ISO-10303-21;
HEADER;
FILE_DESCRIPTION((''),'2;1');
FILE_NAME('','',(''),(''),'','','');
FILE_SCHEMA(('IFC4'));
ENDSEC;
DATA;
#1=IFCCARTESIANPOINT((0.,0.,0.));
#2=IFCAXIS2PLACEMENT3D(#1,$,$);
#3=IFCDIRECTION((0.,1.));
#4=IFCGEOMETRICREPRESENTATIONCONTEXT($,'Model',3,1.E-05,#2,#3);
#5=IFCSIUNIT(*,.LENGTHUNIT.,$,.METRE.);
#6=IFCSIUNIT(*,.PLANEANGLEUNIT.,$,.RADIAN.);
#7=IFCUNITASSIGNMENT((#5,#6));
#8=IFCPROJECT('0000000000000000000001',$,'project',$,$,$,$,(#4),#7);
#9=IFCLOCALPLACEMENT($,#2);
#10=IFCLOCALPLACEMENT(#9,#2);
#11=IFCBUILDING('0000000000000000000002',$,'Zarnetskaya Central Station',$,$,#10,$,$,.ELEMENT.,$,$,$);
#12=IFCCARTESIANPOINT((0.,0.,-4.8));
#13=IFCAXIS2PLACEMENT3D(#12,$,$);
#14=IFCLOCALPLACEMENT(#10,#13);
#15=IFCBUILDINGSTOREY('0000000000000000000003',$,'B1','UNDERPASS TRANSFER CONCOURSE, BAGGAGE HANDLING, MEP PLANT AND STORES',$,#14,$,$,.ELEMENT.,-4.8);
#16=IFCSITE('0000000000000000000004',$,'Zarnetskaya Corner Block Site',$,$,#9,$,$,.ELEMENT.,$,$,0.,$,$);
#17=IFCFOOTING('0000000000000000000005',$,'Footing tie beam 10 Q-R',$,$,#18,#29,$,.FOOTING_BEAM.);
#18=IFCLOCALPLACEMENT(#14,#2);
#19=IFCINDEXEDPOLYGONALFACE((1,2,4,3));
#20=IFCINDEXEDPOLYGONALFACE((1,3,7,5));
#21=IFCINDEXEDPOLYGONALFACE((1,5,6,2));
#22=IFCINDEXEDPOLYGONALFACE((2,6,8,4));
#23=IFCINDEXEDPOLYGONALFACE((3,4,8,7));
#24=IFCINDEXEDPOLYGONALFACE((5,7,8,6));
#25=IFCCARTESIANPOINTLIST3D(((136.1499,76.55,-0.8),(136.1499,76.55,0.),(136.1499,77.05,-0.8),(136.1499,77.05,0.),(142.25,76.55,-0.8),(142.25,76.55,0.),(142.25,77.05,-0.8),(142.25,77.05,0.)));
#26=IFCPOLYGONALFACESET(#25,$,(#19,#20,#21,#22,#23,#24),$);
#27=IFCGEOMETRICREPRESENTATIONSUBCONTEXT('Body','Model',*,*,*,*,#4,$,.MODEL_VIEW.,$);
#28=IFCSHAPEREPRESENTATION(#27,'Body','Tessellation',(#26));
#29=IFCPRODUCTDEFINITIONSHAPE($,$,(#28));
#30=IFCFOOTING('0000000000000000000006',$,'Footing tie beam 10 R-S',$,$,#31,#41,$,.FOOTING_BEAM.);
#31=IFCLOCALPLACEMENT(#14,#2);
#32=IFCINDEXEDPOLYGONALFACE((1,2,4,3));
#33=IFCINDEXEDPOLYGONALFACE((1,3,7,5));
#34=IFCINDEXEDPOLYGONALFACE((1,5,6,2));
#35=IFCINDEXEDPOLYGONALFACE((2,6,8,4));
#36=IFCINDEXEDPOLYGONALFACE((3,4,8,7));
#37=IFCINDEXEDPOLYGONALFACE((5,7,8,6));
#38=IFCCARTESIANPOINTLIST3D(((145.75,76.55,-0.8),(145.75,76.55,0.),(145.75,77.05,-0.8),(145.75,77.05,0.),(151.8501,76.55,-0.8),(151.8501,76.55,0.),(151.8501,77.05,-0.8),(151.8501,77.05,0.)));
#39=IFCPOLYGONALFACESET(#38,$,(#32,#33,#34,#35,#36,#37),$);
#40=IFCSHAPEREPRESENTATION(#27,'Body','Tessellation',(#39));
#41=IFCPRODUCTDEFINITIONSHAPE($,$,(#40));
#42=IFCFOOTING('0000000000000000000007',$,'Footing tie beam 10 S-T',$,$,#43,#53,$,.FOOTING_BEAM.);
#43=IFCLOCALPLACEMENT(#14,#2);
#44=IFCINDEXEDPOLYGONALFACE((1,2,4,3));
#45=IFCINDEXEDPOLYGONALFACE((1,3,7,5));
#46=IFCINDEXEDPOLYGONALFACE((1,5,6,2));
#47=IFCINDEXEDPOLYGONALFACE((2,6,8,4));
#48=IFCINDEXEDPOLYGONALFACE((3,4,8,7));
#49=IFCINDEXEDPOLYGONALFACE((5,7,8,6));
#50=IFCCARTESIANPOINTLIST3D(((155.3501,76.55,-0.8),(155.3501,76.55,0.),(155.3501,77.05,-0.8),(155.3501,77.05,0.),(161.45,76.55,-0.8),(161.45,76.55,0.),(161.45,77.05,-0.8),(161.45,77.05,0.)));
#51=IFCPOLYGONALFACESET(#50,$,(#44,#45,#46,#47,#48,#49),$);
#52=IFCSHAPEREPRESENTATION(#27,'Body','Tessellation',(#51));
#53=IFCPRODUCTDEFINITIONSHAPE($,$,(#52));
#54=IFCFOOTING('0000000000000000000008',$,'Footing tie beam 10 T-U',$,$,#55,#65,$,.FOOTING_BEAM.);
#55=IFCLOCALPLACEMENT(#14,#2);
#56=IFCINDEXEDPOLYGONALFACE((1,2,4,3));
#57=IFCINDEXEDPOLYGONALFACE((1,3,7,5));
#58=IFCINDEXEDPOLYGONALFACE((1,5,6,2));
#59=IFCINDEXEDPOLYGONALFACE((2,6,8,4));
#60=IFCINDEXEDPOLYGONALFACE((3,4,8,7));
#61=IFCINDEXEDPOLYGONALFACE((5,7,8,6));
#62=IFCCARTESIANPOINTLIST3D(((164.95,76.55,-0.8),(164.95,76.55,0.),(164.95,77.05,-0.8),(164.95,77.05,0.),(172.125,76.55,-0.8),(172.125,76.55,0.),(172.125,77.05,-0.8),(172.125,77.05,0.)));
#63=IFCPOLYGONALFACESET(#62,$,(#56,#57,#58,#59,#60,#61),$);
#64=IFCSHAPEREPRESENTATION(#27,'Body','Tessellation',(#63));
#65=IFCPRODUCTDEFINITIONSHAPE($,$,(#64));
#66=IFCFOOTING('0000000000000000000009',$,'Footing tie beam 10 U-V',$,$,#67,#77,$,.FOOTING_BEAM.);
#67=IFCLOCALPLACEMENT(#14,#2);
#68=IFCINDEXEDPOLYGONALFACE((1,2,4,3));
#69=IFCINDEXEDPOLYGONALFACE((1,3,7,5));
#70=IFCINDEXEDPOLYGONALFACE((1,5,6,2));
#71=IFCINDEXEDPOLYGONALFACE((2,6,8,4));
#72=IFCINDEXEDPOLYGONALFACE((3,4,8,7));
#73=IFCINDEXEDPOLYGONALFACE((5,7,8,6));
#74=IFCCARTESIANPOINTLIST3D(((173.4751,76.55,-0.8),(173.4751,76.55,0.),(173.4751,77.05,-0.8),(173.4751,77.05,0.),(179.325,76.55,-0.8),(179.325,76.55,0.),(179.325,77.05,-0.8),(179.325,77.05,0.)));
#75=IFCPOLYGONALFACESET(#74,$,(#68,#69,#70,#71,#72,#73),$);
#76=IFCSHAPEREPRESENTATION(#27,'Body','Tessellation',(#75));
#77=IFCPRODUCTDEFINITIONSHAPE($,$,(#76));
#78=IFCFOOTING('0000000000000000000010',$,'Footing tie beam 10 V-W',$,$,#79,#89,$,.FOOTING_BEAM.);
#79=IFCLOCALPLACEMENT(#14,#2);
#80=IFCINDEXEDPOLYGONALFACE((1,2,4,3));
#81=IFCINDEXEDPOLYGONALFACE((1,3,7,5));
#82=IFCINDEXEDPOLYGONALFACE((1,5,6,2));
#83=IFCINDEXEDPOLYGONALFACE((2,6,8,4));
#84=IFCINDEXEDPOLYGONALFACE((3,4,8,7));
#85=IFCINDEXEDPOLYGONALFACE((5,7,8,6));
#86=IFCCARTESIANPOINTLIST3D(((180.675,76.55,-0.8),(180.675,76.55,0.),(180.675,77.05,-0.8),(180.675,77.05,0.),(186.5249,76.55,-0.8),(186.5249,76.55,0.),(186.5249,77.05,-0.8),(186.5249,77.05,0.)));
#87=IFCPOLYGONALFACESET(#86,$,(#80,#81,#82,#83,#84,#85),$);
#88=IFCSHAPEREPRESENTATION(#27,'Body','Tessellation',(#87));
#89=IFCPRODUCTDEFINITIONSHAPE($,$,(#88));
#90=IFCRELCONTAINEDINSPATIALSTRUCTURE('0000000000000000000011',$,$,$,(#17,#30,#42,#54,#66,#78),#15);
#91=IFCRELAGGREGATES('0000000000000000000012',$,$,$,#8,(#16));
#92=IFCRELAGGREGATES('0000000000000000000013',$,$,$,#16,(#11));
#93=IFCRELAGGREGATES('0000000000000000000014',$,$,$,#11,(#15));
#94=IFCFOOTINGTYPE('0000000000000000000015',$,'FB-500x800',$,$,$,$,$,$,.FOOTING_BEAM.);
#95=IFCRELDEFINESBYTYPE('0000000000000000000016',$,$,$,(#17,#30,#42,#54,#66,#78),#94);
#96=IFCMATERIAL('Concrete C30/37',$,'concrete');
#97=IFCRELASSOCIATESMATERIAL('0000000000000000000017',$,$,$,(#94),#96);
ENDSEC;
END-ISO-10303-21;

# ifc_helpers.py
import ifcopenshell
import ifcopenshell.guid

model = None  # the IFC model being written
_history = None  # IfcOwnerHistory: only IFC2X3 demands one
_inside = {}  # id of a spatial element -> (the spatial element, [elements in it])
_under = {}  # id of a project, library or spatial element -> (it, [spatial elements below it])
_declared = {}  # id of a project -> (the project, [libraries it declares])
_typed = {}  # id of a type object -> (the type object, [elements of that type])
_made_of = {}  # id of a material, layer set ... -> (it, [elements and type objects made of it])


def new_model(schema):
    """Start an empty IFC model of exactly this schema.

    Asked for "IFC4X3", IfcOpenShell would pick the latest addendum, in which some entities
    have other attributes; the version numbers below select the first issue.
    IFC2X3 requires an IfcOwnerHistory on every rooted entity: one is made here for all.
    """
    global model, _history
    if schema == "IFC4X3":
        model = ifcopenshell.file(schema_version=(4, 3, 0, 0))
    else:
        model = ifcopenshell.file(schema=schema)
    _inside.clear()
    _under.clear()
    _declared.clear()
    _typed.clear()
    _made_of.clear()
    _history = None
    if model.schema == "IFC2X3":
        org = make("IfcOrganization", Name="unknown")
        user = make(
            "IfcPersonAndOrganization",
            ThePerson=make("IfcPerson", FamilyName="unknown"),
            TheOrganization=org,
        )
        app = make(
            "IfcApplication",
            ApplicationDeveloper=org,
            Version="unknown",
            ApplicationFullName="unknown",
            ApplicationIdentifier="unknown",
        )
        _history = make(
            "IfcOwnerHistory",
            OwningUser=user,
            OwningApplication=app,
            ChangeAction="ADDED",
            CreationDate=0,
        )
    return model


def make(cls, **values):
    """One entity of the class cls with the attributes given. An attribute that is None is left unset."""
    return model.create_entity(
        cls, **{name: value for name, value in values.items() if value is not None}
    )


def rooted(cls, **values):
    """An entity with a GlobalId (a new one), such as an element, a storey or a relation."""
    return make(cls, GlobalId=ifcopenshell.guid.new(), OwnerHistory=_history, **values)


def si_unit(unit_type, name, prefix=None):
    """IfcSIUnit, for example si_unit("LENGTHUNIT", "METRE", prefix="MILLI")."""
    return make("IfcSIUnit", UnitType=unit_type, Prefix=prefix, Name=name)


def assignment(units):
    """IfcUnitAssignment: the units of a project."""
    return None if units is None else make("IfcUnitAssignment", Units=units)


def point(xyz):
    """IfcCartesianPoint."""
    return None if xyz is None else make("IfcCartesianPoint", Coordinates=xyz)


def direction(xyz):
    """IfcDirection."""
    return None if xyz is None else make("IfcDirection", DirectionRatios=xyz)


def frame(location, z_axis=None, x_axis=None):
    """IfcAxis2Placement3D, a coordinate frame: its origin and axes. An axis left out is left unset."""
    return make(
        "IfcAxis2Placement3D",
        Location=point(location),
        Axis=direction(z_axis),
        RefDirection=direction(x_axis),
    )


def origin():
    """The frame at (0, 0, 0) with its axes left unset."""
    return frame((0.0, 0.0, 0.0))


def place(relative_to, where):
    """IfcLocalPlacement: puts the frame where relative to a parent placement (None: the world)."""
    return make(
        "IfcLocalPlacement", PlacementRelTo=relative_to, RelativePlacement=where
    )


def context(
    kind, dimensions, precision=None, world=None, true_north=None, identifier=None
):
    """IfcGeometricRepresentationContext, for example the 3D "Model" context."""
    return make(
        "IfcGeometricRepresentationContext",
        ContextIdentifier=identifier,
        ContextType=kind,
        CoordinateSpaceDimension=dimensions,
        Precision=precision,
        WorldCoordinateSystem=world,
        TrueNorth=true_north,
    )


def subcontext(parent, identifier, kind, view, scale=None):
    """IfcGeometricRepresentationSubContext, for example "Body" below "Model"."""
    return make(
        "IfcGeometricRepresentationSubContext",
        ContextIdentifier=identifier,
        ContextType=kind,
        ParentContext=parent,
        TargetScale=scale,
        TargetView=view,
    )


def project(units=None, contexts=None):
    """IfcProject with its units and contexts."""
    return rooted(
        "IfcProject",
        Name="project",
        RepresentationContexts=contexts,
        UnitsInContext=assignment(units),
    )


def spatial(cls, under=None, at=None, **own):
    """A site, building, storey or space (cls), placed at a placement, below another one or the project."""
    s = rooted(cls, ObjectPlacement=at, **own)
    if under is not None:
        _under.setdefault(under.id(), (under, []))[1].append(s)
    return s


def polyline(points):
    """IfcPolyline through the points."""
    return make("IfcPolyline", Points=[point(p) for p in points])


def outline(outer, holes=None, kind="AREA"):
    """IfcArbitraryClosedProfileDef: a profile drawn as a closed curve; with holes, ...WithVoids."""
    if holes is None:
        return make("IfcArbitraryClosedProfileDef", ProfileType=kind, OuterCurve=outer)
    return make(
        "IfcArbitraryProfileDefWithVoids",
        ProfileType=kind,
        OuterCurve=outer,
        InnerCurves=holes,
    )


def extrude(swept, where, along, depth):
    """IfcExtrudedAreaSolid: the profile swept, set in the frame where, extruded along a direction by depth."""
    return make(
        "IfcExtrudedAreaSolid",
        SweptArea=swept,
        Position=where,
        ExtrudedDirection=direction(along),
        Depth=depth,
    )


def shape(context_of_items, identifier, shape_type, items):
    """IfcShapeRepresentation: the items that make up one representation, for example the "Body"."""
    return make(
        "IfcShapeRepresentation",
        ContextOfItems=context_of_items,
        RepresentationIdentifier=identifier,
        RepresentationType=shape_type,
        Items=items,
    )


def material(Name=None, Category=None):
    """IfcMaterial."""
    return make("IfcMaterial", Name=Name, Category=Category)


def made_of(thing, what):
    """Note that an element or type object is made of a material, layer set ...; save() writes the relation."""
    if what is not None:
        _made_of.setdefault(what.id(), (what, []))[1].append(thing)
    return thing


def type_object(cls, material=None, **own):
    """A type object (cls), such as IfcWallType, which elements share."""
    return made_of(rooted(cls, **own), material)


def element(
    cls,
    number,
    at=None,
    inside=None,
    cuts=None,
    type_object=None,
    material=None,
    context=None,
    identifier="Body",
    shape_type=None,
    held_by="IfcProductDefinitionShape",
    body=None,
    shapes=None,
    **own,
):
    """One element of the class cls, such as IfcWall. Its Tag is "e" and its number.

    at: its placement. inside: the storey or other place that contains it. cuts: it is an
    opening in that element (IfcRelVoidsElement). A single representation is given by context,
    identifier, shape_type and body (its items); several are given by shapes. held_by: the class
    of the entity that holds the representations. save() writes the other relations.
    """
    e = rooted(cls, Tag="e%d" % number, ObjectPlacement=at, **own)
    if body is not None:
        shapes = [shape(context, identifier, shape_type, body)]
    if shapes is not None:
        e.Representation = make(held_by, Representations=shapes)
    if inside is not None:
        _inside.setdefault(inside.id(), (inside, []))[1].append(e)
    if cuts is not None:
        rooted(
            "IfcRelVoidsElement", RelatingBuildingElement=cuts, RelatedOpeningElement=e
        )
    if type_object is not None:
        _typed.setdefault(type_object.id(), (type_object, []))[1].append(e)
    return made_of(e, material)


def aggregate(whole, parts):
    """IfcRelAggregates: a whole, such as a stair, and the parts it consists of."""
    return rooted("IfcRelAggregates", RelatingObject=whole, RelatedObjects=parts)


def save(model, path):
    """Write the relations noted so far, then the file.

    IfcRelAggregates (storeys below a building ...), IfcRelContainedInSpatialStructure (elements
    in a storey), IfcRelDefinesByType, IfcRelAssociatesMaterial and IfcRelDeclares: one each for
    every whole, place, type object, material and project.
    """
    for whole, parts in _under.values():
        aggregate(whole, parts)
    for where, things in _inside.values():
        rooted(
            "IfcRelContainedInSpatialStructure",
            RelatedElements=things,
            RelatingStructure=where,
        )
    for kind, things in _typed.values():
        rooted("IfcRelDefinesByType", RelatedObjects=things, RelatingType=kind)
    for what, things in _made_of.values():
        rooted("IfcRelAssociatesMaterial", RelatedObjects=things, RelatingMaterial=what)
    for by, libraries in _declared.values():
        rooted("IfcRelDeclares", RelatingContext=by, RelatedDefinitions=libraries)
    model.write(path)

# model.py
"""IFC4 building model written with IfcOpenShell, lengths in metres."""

from ifc_helpers import new_model, si_unit, direction, frame, origin, place, context, subcontext, project, spatial, polyline, outline, extrude, material, type_object, element, save


model = new_model("IFC4")

# Units and contexts
model_context = context("Model", 3, precision=1e-05, world=origin(), true_north=direction((0.0, 1.0)))
body_context = subcontext(model_context, "Body", "Model", "MODEL_VIEW")
ifc_project = project(units=[si_unit("LENGTHUNIT", "METRE"), si_unit("PLANEANGLEUNIT", "RADIAN")], contexts=[model_context])

# Site, building, storey
site_placement = place(None, origin())
site = spatial("IfcSite", under=ifc_project, at=site_placement, Name="Zarnetskaya Corner Block Site", CompositionType="ELEMENT", RefElevation=0.0)
building_placement = place(site_placement, origin())
building = spatial("IfcBuilding", under=site, at=building_placement, Name="Zarnetskaya Central Station", CompositionType="ELEMENT")
storey_placement = place(building_placement, frame((0.0, 0.0, -4.8)))
storey = spatial("IfcBuildingStorey", under=building, at=storey_placement, Name="B1", Description="UNDERPASS TRANSFER CONCOURSE, BAGGAGE HANDLING, MEP PLANT AND STORES", CompositionType="ELEMENT", Elevation=-4.8)

# Footings
ifc_material = material(Name="Concrete C30/37", Category="concrete")
footing_type = type_object("IfcFootingType", Name="FB-500x800", PredefinedType="FOOTING_BEAM", material=ifc_material)
footing_1_placement = place(storey_placement, frame((0.0, 0.0, -0.8)))
element("IfcFooting", 1, at=footing_1_placement, inside=storey, type_object=footing_type, Name="Footing tie beam 10 Q-R", PredefinedType="FOOTING_BEAM", context=body_context, shape_type="SweptSolid", body=[
    extrude(outline(polyline([(136.1499, 76.55), (142.25, 76.55), (142.25, 77.05), (136.1499, 77.05), (136.1499, 76.55)])), origin(), (0.0, 0.0, 1.0), 0.8),
])
footing_2_placement = place(storey_placement, frame((0.0, 0.0, -0.8)))
element("IfcFooting", 2, at=footing_2_placement, inside=storey, type_object=footing_type, Name="Footing tie beam 10 R-S", PredefinedType="FOOTING_BEAM", context=body_context, shape_type="SweptSolid", body=[
    extrude(outline(polyline([(145.75, 76.55), (151.8501, 76.55), (151.8501, 77.05), (145.75, 77.05), (145.75, 76.55)])), origin(), (0.0, 0.0, 1.0), 0.8),
])
footing_3_placement = place(storey_placement, frame((0.0, 0.0, -0.8)))
element("IfcFooting", 3, at=footing_3_placement, inside=storey, type_object=footing_type, Name="Footing tie beam 10 S-T", PredefinedType="FOOTING_BEAM", context=body_context, shape_type="SweptSolid", body=[
    extrude(outline(polyline([(155.3501, 76.55), (161.45, 76.55), (161.45, 77.05), (155.3501, 77.05), (155.3501, 76.55)])), origin(), (0.0, 0.0, 1.0), 0.8),
])
footing_4_placement = place(storey_placement, frame((0.0, 0.0, -0.8)))
element("IfcFooting", 4, at=footing_4_placement, inside=storey, type_object=footing_type, Name="Footing tie beam 10 T-U", PredefinedType="FOOTING_BEAM", context=body_context, shape_type="SweptSolid", body=[
    extrude(outline(polyline([(164.95, 76.55), (172.125, 76.55), (172.125, 77.05), (164.95, 77.05), (164.95, 76.55)])), origin(), (0.0, 0.0, 1.0), 0.8),
])
footing_5_placement = place(storey_placement, frame((0.0, 0.0, -0.8)))
element("IfcFooting", 5, at=footing_5_placement, inside=storey, type_object=footing_type, Name="Footing tie beam 10 U-V", PredefinedType="FOOTING_BEAM", context=body_context, shape_type="SweptSolid", body=[
    extrude(outline(polyline([(173.4751, 76.55), (179.325, 76.55), (179.325, 77.05), (173.4751, 77.05), (173.4751, 76.55)])), origin(), (0.0, 0.0, 1.0), 0.8),
])
footing_6_placement = place(storey_placement, frame((0.0, 0.0, -0.8)))
element("IfcFooting", 6, at=footing_6_placement, inside=storey, type_object=footing_type, Name="Footing tie beam 10 V-W", PredefinedType="FOOTING_BEAM", context=body_context, shape_type="SweptSolid", body=[
    extrude(outline(polyline([(180.675, 76.55), (186.5249, 76.55), (186.5249, 77.05), (180.675, 77.05), (180.675, 76.55)])), origin(), (0.0, 0.0, 1.0), 0.8),
])

save(model, "model.ifc")
